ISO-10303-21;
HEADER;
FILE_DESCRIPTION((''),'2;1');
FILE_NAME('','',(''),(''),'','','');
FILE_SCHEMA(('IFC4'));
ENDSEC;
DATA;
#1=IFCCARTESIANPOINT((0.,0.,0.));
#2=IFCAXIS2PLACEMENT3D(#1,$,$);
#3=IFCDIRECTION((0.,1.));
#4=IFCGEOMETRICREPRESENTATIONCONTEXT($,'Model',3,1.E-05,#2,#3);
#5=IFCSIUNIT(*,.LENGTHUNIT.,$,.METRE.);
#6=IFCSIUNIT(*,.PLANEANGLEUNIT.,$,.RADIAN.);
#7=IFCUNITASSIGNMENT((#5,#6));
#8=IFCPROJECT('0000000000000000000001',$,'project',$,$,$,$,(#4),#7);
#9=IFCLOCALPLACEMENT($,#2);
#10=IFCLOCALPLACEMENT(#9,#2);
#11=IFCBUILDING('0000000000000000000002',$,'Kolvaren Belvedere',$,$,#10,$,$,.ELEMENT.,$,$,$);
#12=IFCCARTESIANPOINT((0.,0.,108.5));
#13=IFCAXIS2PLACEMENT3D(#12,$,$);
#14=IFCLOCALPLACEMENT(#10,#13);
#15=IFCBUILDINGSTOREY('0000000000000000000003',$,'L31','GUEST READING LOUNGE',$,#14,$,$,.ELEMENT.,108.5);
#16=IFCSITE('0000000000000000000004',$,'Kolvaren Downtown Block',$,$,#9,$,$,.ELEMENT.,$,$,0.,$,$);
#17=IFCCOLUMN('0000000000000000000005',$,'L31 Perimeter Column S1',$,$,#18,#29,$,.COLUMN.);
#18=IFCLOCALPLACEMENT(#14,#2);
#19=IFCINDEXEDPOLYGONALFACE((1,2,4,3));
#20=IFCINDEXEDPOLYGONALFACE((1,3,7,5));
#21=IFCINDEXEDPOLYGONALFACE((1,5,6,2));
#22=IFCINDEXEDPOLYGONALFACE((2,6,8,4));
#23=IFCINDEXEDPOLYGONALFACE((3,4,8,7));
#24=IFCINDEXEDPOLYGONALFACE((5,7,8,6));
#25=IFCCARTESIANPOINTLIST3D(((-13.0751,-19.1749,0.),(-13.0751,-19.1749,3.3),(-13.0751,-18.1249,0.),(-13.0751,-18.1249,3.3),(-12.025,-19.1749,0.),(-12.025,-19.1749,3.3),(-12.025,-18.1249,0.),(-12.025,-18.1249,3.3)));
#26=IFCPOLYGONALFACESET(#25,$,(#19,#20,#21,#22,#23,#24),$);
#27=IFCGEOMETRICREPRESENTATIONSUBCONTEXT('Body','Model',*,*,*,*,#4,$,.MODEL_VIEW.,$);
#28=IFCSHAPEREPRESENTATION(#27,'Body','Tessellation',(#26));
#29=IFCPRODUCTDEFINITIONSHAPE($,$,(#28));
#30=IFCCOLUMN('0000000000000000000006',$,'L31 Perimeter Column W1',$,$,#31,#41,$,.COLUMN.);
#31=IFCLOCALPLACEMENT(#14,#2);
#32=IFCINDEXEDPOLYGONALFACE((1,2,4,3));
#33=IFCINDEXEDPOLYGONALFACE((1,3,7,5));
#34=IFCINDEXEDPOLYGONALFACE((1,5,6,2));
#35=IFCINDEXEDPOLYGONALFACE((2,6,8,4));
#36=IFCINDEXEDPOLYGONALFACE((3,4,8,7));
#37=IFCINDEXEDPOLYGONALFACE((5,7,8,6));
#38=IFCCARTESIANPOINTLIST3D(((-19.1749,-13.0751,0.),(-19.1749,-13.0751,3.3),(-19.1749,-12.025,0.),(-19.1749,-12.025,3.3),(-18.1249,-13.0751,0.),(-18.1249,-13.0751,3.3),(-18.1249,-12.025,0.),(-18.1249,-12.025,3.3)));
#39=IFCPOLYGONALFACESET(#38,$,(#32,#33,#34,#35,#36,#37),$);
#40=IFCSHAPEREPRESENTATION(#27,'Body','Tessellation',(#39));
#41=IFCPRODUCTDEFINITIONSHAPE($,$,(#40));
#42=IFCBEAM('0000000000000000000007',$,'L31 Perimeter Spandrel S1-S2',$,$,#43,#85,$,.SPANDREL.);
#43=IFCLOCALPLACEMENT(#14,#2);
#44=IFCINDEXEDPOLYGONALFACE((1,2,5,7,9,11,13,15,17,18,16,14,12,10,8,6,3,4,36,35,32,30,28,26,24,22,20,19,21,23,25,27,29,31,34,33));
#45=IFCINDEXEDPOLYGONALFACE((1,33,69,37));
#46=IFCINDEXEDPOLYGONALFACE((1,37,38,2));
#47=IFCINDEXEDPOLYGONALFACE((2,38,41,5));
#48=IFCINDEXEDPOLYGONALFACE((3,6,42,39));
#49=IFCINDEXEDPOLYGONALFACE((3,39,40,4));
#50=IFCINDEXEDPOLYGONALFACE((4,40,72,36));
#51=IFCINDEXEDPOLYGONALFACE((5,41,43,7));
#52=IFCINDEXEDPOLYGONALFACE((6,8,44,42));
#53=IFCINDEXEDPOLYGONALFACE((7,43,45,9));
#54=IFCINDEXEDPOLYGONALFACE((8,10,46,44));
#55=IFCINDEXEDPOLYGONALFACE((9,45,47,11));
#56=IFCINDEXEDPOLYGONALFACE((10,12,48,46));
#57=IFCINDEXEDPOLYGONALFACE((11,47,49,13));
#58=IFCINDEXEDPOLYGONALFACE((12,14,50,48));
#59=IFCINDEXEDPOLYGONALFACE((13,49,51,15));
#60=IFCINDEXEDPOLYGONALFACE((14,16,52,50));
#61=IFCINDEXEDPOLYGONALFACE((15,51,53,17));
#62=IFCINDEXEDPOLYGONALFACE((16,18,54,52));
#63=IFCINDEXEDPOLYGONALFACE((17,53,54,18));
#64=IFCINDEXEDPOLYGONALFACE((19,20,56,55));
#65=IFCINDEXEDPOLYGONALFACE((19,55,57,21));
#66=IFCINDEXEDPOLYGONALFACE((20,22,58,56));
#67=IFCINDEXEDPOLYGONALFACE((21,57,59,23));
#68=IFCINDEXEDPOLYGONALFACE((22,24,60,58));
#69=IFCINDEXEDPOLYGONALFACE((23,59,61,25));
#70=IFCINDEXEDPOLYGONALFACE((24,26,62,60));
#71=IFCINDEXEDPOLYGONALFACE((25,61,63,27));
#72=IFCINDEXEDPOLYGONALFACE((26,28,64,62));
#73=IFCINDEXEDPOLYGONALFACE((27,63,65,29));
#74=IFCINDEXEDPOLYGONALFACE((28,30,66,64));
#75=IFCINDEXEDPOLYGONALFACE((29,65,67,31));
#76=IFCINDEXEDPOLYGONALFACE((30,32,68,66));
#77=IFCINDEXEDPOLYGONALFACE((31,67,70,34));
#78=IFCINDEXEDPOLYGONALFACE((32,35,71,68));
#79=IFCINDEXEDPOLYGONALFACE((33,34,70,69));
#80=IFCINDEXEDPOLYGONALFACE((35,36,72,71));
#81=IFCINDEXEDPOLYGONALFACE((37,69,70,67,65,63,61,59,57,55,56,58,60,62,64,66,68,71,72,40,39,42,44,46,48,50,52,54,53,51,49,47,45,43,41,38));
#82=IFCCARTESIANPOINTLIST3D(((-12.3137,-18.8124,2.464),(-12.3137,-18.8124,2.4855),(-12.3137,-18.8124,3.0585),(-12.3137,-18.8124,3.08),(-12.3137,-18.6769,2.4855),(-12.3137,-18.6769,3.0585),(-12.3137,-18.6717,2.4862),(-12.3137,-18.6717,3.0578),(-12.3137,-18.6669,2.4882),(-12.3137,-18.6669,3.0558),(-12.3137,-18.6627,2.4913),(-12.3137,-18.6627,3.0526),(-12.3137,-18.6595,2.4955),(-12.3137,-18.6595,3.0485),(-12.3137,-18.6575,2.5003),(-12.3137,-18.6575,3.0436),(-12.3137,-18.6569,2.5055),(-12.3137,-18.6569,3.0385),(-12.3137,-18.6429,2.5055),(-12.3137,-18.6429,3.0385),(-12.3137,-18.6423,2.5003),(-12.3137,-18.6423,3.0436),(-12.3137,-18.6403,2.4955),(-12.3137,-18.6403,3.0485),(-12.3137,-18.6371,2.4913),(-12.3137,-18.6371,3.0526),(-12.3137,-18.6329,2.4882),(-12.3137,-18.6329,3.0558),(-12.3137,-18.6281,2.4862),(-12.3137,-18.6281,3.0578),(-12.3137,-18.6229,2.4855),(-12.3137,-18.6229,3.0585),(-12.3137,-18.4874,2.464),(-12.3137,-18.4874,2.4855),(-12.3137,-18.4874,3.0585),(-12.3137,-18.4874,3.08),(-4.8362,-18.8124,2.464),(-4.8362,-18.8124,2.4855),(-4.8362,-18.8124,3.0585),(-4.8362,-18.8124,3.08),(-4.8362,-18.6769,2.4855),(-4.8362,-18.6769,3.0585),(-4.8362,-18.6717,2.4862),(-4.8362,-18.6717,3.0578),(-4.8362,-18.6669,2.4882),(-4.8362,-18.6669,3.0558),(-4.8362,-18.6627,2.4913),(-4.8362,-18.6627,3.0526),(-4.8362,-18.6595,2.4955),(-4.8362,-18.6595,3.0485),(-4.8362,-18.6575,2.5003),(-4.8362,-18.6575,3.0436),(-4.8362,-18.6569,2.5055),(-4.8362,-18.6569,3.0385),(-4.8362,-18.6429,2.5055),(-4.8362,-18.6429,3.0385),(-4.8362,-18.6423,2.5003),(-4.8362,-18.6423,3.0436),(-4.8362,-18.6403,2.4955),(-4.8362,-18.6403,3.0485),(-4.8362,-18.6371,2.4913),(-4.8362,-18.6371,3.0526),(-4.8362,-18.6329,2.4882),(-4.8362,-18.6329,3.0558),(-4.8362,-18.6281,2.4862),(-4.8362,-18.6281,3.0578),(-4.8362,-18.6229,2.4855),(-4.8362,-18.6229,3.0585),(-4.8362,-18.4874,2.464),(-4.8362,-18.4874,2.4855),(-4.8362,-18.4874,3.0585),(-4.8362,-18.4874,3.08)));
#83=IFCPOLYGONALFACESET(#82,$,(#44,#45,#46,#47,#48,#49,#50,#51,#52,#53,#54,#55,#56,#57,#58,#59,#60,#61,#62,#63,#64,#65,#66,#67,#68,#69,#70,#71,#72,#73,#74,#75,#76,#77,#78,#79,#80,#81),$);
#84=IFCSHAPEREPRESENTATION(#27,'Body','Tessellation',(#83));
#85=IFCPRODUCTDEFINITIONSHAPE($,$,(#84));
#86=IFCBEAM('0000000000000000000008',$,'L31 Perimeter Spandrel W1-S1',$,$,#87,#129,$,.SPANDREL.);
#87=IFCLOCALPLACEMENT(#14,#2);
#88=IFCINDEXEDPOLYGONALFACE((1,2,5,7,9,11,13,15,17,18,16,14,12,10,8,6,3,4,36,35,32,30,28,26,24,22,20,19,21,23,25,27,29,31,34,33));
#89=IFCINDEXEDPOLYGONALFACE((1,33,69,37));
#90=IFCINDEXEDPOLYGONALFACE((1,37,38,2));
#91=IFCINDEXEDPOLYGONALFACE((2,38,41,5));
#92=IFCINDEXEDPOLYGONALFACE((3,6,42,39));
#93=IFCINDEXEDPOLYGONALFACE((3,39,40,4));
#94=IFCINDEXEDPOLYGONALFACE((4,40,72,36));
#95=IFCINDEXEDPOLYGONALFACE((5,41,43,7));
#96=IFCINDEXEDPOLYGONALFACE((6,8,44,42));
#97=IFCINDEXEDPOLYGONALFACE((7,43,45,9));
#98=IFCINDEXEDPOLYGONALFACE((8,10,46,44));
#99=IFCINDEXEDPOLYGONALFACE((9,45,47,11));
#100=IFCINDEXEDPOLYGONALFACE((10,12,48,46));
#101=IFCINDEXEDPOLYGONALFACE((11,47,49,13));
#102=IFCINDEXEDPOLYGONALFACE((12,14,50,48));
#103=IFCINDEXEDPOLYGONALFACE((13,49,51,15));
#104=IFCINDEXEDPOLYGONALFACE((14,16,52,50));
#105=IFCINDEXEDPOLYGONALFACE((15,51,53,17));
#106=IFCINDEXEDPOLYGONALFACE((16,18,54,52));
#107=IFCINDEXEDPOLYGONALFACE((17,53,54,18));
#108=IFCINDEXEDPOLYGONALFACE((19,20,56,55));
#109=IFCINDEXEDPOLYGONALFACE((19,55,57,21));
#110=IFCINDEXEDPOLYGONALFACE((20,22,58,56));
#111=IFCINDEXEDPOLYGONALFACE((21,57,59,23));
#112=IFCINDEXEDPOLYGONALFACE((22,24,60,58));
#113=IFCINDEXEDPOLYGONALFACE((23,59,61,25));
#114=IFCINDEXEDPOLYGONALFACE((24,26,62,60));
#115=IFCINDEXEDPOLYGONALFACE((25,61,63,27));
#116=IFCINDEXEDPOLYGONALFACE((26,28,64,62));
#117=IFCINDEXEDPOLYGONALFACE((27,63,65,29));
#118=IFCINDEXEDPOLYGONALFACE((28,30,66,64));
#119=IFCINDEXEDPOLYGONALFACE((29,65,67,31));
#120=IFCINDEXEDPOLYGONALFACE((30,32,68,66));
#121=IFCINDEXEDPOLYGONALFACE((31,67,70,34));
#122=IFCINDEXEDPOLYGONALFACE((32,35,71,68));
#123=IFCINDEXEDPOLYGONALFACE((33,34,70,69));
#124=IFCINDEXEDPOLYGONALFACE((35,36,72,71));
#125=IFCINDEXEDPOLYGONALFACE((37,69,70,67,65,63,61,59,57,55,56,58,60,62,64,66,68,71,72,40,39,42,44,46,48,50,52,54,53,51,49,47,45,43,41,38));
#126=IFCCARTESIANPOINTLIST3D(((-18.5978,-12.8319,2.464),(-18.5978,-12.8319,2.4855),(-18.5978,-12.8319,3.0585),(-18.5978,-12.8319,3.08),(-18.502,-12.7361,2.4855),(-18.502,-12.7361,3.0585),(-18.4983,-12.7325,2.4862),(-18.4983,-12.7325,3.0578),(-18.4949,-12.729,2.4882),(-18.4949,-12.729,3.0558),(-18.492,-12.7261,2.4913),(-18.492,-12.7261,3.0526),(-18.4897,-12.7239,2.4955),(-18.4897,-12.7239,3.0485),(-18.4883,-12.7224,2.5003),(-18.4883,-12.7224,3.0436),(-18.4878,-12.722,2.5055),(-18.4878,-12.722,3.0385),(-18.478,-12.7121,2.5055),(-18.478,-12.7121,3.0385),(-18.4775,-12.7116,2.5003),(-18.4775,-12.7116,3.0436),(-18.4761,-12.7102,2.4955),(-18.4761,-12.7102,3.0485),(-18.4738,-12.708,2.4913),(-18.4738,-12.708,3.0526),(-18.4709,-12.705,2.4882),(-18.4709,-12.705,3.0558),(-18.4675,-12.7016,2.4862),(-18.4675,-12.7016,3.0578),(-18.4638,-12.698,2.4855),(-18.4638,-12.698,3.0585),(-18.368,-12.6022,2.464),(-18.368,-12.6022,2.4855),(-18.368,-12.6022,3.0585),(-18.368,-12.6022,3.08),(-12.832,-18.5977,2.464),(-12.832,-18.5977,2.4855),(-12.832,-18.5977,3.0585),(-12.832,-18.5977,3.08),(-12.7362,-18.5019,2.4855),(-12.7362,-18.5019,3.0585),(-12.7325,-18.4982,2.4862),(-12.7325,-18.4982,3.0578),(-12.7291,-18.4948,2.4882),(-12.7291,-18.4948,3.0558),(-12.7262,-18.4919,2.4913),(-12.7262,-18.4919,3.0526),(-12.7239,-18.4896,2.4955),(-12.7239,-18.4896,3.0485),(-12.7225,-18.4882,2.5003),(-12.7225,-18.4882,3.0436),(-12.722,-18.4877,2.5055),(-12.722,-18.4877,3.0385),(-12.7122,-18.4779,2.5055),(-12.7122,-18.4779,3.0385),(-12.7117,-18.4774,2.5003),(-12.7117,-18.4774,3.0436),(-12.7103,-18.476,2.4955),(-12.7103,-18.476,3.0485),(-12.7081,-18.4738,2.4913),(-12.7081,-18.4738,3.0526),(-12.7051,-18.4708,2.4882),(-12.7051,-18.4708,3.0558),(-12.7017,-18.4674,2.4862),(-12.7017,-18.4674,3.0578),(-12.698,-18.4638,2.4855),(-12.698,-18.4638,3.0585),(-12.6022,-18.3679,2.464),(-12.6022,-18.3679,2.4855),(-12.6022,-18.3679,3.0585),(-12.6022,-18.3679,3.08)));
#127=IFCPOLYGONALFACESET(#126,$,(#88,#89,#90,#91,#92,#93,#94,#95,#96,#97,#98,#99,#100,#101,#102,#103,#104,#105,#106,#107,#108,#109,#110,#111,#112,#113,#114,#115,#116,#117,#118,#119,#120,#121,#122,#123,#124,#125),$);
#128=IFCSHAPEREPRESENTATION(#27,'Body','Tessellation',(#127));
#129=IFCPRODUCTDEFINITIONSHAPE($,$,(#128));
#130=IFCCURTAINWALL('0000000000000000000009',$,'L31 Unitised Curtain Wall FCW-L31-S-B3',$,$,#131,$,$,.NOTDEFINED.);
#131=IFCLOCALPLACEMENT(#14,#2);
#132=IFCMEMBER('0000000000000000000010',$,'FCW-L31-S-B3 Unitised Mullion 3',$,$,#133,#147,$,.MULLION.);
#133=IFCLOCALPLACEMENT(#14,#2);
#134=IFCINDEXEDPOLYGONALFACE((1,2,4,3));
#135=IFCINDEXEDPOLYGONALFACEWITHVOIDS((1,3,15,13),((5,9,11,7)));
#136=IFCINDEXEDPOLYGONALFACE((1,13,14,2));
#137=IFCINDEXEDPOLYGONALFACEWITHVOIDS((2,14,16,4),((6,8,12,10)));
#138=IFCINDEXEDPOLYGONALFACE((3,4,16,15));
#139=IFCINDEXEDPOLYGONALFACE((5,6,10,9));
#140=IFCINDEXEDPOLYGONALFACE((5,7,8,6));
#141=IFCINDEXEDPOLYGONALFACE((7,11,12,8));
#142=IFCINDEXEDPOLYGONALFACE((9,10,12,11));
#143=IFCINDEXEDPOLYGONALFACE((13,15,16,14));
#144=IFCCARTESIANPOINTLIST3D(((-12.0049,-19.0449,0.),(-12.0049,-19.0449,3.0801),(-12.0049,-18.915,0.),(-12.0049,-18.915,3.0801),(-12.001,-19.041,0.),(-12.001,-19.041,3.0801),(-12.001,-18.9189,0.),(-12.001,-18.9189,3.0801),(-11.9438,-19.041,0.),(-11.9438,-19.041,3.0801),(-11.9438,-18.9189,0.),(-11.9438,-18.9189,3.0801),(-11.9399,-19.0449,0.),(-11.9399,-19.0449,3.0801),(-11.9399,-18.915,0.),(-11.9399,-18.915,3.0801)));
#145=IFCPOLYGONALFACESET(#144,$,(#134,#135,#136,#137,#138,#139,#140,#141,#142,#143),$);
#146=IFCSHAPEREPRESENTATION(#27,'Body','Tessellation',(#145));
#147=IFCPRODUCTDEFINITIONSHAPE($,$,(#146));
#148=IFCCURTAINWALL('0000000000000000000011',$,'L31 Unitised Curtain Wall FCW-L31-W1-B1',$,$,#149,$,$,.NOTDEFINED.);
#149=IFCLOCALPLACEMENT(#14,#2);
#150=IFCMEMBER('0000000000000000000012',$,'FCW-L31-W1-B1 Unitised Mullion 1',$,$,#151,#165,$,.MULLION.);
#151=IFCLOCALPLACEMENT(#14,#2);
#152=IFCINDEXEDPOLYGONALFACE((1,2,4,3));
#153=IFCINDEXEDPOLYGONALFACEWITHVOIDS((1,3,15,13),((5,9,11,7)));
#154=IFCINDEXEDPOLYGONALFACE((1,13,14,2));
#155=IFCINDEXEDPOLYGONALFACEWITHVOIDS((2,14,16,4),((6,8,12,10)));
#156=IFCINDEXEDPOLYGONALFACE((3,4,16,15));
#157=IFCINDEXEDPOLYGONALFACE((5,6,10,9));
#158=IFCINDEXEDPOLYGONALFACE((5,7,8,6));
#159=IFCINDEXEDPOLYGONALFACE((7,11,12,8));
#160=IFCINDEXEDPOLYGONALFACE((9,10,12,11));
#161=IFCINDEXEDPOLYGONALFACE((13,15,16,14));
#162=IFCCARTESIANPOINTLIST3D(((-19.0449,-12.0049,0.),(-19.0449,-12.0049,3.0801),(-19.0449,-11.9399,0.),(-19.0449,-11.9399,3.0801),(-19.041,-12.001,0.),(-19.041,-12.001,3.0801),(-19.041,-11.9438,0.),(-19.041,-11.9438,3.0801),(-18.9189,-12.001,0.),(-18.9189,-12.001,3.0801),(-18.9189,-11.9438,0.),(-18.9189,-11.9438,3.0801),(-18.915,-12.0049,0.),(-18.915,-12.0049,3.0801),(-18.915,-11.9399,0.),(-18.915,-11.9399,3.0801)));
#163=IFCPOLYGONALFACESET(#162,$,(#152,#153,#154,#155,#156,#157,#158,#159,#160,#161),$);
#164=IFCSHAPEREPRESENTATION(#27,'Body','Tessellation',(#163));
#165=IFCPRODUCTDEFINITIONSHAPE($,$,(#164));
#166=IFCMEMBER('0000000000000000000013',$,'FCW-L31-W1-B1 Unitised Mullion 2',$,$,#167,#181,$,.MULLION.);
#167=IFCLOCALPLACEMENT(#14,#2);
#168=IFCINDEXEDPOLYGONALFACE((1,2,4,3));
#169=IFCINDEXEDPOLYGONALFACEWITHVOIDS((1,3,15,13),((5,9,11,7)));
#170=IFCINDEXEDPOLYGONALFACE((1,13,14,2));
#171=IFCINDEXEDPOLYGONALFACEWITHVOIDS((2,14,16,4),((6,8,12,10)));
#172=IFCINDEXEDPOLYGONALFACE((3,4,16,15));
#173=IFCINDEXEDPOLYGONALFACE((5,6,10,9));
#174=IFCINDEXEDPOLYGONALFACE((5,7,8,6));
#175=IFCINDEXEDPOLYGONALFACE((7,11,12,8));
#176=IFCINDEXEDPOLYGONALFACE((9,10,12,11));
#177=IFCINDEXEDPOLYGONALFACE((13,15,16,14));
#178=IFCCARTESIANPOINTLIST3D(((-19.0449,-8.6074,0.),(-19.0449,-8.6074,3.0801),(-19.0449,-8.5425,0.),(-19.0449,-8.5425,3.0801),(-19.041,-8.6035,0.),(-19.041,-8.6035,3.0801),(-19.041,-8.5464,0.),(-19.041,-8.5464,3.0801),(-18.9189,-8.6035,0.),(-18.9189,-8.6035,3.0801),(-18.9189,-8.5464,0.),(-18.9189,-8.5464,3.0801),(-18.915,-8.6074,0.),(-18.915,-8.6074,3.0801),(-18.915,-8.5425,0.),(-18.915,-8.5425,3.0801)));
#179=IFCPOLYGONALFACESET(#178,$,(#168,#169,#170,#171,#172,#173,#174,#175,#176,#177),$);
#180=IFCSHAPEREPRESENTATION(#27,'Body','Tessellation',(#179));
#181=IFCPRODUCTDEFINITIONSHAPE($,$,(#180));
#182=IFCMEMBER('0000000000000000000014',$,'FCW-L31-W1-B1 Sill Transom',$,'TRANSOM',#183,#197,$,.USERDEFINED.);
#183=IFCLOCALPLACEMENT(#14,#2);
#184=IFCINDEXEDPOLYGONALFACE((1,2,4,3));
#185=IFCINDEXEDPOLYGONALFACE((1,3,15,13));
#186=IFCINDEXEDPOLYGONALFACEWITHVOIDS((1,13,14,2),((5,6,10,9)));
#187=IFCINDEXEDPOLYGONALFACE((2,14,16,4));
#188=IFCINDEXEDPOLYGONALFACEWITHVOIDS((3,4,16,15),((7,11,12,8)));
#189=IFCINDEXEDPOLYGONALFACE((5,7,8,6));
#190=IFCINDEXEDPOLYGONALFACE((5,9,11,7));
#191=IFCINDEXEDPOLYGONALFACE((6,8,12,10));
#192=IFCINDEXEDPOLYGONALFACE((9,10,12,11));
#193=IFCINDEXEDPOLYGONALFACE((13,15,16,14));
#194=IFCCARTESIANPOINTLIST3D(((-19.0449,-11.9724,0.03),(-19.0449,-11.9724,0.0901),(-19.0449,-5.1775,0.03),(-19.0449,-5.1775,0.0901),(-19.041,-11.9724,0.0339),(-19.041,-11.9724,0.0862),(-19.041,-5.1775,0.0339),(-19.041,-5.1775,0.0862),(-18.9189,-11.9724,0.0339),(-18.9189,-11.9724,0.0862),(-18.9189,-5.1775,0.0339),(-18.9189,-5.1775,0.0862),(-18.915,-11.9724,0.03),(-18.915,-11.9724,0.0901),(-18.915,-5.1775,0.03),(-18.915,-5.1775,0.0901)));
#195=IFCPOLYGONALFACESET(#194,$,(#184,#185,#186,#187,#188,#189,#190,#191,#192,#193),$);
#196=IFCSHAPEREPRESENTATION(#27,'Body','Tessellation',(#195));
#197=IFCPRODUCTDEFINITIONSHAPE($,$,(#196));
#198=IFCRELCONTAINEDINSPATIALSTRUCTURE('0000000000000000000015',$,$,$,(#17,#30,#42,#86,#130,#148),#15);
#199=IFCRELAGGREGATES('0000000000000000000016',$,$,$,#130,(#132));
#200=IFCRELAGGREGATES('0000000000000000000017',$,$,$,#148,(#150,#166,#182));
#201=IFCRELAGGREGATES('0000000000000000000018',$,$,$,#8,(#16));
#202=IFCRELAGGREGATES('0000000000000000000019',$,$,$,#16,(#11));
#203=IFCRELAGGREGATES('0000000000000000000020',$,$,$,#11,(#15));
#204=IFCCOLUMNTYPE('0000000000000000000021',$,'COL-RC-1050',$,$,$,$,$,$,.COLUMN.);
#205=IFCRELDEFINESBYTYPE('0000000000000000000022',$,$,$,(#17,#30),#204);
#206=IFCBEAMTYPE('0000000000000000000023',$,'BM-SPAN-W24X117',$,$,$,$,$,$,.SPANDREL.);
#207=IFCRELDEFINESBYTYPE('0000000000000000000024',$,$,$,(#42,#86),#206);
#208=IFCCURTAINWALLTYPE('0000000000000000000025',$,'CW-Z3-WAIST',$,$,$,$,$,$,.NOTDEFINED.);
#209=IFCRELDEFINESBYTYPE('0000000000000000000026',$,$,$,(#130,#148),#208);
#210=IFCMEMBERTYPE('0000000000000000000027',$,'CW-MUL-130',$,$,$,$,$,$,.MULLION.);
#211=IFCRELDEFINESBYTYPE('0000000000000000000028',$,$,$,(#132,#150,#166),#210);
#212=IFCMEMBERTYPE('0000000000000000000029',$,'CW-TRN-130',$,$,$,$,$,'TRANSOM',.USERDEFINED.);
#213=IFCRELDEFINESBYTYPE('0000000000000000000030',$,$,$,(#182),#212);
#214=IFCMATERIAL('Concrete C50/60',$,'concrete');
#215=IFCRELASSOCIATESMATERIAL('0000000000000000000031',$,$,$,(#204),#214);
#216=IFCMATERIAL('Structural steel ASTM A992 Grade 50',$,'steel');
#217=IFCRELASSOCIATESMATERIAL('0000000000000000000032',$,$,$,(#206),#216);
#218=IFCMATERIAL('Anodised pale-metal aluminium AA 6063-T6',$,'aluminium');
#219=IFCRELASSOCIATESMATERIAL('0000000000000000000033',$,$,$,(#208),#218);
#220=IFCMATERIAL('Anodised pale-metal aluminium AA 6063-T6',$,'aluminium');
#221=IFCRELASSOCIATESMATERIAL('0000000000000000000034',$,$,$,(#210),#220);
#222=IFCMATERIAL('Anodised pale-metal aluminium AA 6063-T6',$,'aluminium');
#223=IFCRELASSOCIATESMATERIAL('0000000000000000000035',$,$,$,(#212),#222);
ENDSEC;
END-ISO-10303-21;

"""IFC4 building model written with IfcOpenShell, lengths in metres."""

from ifc_helpers import new_model, si_unit, direction, frame, origin, origin_2d, place, context, subcontext, project, spatial, rectangle, hollow_rectangle, i_section, extrude, material, material_profile, profile_set, type_object, element, aggregate, save


model = new_model("IFC4")

# Units and contexts
model_context = context("Model", 3, precision=1e-05, world=origin(), true_north=direction((0.0, 1.0)))
body_context = subcontext(model_context, "Body", "Model", "MODEL_VIEW")
ifc_project = project(units=[si_unit("LENGTHUNIT", "METRE"), si_unit("PLANEANGLEUNIT", "RADIAN")], contexts=[model_context])

# Site, building, storey
site_placement = place(None, origin())
site = spatial("IfcSite", under=ifc_project, at=site_placement, Name="Kolvaren Downtown Block", CompositionType="ELEMENT", RefElevation=0.0)
building_placement = place(site_placement, origin())
building = spatial("IfcBuilding", under=site, at=building_placement, Name="Kolvaren Belvedere", CompositionType="ELEMENT")
storey_placement = place(building_placement, frame((0.0, 0.0, 108.5)))
storey = spatial("IfcBuildingStorey", under=building, at=storey_placement, Name="L31", Description="GUEST READING LOUNGE", CompositionType="ELEMENT", Elevation=108.5)

# Columns
ifc_material_1 = material(Name="Concrete C50/60", Category="concrete")
ifc_material_profile_1 = material_profile(ifc_material_1, rectangle(XDim=1.05, YDim=1.05, at=origin_2d()), Name="RC 1050X1050")
ifc_profile_set_1 = profile_set([ifc_material_profile_1], Name="Concrete C50/60")
column_type = type_object("IfcColumnType", Name="COL-RC-1050", PredefinedType="COLUMN", material=ifc_profile_set_1)
for number, where, z_axis, x_axis, name in (
    (1, (-12.55, -18.6499, 0.0), (0.0, 0.0, 1.0), (1.0, 0.0, 0.0), "L31 Perimeter Column S1"),
    (2, (-18.6499, -12.55, 0.0), (0.0, 0.0, 1.0), (1.0, 0.0, 0.0), "L31 Perimeter Column W1"),
):
    element("IfcColumn", number, at=place(storey_placement, frame(where, z_axis=z_axis, x_axis=x_axis)), inside=storey, type_object=column_type, Name=name, PredefinedType="COLUMN", context=body_context, shape_type="SweptSolid", body=[
        extrude(rectangle(XDim=1.05, YDim=1.05, at=origin_2d()), origin(), (0.0, 0.0, 1.0), 3.3),
    ])

# Beams
ifc_material_2 = material(Name="Structural steel ASTM A992 Grade 50", Category="steel")
ifc_material_profile_2 = material_profile(ifc_material_2, i_section(OverallWidth=0.325, OverallDepth=0.616, WebThickness=0.0139, FlangeThickness=0.0215, FilletRadius=0.02, at=origin_2d()), Name="W24X117")
ifc_profile_set_2 = profile_set([ifc_material_profile_2], Name="Structural steel ASTM A992 Grade 50")
beam_type = type_object("IfcBeamType", Name="BM-SPAN-W24X117", PredefinedType="SPANDREL", material=ifc_profile_set_2)
beam_1_placement = place(storey_placement, frame((-12.3137, -18.6499, 2.772), z_axis=(1.0, 0.0, 0.0), x_axis=(0.0, 1.0, 0.0)))
element("IfcBeam", 3, at=beam_1_placement, inside=storey, type_object=beam_type, Name="L31 Perimeter Spandrel S1-S2", PredefinedType="SPANDREL", context=body_context, shape_type="SweptSolid", body=[
    extrude(i_section(OverallWidth=0.325, OverallDepth=0.616, WebThickness=0.0139, FlangeThickness=0.0215, FilletRadius=0.02, at=origin_2d()), origin(), (0.0, 0.0, 1.0), 7.4775),
])
beam_2_placement = place(storey_placement, frame((-18.4829, -12.717, 2.772), z_axis=(0.707107, -0.707107, 0.0), x_axis=(0.707107, 0.707107, 0.0)))
element("IfcBeam", 4, at=beam_2_placement, inside=storey, type_object=beam_type, Name="L31 Perimeter Spandrel W1-S1", PredefinedType="SPANDREL", context=body_context, shape_type="SweptSolid", body=[
    extrude(i_section(OverallWidth=0.325, OverallDepth=0.616, WebThickness=0.0139, FlangeThickness=0.0215, FilletRadius=0.02, at=origin_2d()), origin(), (0.0, 0.0, 1.0), 8.1541),
])

# Curtain wall, member
ifc_material_3 = material(Name="Anodised pale-metal aluminium AA 6063-T6", Category="aluminium")
curtain_wall_type = type_object("IfcCurtainWallType", Name="CW-Z3-WAIST", PredefinedType="NOTDEFINED", material=ifc_material_3)
curtain_wall_1_placement = place(storey_placement, origin())
curtain_wall_1 = element("IfcCurtainWall", 5, at=curtain_wall_1_placement, inside=storey, type_object=curtain_wall_type, Name="L31 Unitised Curtain Wall FCW-L31-S-B3", PredefinedType="NOTDEFINED")
ifc_material_4 = material(Name="Anodised pale-metal aluminium AA 6063-T6", Category="aluminium")
ifc_material_profile_3 = material_profile(ifc_material_4, hollow_rectangle(XDim=0.0649, YDim=0.1299, WallThickness=0.0039, at=origin_2d()), Name="ALU-MUL-130X65")
ifc_profile_set_3 = profile_set([ifc_material_profile_3], Name="Anodised pale-metal aluminium AA 6063-T6")
member_type_1 = type_object("IfcMemberType", Name="CW-MUL-130", PredefinedType="MULLION", material=ifc_profile_set_3)
member_1_placement = place(storey_placement, frame((-11.9724, -18.98, 0.0), z_axis=(0.0, 0.0, 1.0), x_axis=(1.0, 0.0, 0.0)))
member_1 = element("IfcMember", 6, at=member_1_placement, type_object=member_type_1, Name="FCW-L31-S-B3 Unitised Mullion 3", PredefinedType="MULLION", context=body_context, shape_type="SweptSolid", body=[
    extrude(hollow_rectangle(XDim=0.0649, YDim=0.1299, WallThickness=0.0039, at=origin_2d()), origin(), (0.0, 0.0, 1.0), 3.0801),
])
aggregate(curtain_wall_1, [member_1])

# Curtain wall, members
curtain_wall_2_placement = place(storey_placement, origin())
curtain_wall_2 = element("IfcCurtainWall", 7, at=curtain_wall_2_placement, inside=storey, type_object=curtain_wall_type, Name="L31 Unitised Curtain Wall FCW-L31-W1-B1", PredefinedType="NOTDEFINED")
member_2_placement = place(storey_placement, frame((-18.98, -11.9724, 0.0), z_axis=(0.0, 0.0, 1.0), x_axis=(0.0, 1.0, 0.0)))
member_2 = element("IfcMember", 8, at=member_2_placement, type_object=member_type_1, Name="FCW-L31-W1-B1 Unitised Mullion 1", PredefinedType="MULLION", context=body_context, shape_type="SweptSolid", body=[
    extrude(hollow_rectangle(XDim=0.0649, YDim=0.1299, WallThickness=0.0039, at=origin_2d()), origin(), (0.0, 0.0, 1.0), 3.0801),
])
member_3_placement = place(storey_placement, frame((-18.98, -8.575, 0.0), z_axis=(0.0, 0.0, 1.0), x_axis=(0.0, 1.0, 0.0)))
member_3 = element("IfcMember", 9, at=member_3_placement, type_object=member_type_1, Name="FCW-L31-W1-B1 Unitised Mullion 2", PredefinedType="MULLION", context=body_context, shape_type="SweptSolid", body=[
    extrude(hollow_rectangle(XDim=0.0649, YDim=0.1299, WallThickness=0.0039, at=origin_2d()), origin(), (0.0, 0.0, 1.0), 3.0801),
])
ifc_material_5 = material(Name="Anodised pale-metal aluminium AA 6063-T6", Category="aluminium")
ifc_material_profile_4 = material_profile(ifc_material_5, hollow_rectangle(XDim=0.0601, YDim=0.1299, WallThickness=0.0039, at=origin_2d()), Name="ALU-TRN-130X60")
ifc_profile_set_4 = profile_set([ifc_material_profile_4], Name="Anodised pale-metal aluminium AA 6063-T6")
member_type_2 = type_object("IfcMemberType", Name="CW-TRN-130", ElementType="TRANSOM", PredefinedType="USERDEFINED", material=ifc_profile_set_4)
member_4_placement = place(storey_placement, frame((-18.98, -11.9724, 0.0601), z_axis=(0.0, 1.0, 0.0), x_axis=(0.0, 0.0, 1.0)))
member_4 = element("IfcMember", 10, at=member_4_placement, type_object=member_type_2, Name="FCW-L31-W1-B1 Sill Transom", ObjectType="TRANSOM", PredefinedType="USERDEFINED", context=body_context, shape_type="SweptSolid", body=[
    extrude(hollow_rectangle(XDim=0.0601, YDim=0.1299, WallThickness=0.0039, at=origin_2d()), origin(), (0.0, 0.0, 1.0), 6.7949),
])
aggregate(curtain_wall_2, [member_2, member_3, member_4])

save(model, "model.ifc")
